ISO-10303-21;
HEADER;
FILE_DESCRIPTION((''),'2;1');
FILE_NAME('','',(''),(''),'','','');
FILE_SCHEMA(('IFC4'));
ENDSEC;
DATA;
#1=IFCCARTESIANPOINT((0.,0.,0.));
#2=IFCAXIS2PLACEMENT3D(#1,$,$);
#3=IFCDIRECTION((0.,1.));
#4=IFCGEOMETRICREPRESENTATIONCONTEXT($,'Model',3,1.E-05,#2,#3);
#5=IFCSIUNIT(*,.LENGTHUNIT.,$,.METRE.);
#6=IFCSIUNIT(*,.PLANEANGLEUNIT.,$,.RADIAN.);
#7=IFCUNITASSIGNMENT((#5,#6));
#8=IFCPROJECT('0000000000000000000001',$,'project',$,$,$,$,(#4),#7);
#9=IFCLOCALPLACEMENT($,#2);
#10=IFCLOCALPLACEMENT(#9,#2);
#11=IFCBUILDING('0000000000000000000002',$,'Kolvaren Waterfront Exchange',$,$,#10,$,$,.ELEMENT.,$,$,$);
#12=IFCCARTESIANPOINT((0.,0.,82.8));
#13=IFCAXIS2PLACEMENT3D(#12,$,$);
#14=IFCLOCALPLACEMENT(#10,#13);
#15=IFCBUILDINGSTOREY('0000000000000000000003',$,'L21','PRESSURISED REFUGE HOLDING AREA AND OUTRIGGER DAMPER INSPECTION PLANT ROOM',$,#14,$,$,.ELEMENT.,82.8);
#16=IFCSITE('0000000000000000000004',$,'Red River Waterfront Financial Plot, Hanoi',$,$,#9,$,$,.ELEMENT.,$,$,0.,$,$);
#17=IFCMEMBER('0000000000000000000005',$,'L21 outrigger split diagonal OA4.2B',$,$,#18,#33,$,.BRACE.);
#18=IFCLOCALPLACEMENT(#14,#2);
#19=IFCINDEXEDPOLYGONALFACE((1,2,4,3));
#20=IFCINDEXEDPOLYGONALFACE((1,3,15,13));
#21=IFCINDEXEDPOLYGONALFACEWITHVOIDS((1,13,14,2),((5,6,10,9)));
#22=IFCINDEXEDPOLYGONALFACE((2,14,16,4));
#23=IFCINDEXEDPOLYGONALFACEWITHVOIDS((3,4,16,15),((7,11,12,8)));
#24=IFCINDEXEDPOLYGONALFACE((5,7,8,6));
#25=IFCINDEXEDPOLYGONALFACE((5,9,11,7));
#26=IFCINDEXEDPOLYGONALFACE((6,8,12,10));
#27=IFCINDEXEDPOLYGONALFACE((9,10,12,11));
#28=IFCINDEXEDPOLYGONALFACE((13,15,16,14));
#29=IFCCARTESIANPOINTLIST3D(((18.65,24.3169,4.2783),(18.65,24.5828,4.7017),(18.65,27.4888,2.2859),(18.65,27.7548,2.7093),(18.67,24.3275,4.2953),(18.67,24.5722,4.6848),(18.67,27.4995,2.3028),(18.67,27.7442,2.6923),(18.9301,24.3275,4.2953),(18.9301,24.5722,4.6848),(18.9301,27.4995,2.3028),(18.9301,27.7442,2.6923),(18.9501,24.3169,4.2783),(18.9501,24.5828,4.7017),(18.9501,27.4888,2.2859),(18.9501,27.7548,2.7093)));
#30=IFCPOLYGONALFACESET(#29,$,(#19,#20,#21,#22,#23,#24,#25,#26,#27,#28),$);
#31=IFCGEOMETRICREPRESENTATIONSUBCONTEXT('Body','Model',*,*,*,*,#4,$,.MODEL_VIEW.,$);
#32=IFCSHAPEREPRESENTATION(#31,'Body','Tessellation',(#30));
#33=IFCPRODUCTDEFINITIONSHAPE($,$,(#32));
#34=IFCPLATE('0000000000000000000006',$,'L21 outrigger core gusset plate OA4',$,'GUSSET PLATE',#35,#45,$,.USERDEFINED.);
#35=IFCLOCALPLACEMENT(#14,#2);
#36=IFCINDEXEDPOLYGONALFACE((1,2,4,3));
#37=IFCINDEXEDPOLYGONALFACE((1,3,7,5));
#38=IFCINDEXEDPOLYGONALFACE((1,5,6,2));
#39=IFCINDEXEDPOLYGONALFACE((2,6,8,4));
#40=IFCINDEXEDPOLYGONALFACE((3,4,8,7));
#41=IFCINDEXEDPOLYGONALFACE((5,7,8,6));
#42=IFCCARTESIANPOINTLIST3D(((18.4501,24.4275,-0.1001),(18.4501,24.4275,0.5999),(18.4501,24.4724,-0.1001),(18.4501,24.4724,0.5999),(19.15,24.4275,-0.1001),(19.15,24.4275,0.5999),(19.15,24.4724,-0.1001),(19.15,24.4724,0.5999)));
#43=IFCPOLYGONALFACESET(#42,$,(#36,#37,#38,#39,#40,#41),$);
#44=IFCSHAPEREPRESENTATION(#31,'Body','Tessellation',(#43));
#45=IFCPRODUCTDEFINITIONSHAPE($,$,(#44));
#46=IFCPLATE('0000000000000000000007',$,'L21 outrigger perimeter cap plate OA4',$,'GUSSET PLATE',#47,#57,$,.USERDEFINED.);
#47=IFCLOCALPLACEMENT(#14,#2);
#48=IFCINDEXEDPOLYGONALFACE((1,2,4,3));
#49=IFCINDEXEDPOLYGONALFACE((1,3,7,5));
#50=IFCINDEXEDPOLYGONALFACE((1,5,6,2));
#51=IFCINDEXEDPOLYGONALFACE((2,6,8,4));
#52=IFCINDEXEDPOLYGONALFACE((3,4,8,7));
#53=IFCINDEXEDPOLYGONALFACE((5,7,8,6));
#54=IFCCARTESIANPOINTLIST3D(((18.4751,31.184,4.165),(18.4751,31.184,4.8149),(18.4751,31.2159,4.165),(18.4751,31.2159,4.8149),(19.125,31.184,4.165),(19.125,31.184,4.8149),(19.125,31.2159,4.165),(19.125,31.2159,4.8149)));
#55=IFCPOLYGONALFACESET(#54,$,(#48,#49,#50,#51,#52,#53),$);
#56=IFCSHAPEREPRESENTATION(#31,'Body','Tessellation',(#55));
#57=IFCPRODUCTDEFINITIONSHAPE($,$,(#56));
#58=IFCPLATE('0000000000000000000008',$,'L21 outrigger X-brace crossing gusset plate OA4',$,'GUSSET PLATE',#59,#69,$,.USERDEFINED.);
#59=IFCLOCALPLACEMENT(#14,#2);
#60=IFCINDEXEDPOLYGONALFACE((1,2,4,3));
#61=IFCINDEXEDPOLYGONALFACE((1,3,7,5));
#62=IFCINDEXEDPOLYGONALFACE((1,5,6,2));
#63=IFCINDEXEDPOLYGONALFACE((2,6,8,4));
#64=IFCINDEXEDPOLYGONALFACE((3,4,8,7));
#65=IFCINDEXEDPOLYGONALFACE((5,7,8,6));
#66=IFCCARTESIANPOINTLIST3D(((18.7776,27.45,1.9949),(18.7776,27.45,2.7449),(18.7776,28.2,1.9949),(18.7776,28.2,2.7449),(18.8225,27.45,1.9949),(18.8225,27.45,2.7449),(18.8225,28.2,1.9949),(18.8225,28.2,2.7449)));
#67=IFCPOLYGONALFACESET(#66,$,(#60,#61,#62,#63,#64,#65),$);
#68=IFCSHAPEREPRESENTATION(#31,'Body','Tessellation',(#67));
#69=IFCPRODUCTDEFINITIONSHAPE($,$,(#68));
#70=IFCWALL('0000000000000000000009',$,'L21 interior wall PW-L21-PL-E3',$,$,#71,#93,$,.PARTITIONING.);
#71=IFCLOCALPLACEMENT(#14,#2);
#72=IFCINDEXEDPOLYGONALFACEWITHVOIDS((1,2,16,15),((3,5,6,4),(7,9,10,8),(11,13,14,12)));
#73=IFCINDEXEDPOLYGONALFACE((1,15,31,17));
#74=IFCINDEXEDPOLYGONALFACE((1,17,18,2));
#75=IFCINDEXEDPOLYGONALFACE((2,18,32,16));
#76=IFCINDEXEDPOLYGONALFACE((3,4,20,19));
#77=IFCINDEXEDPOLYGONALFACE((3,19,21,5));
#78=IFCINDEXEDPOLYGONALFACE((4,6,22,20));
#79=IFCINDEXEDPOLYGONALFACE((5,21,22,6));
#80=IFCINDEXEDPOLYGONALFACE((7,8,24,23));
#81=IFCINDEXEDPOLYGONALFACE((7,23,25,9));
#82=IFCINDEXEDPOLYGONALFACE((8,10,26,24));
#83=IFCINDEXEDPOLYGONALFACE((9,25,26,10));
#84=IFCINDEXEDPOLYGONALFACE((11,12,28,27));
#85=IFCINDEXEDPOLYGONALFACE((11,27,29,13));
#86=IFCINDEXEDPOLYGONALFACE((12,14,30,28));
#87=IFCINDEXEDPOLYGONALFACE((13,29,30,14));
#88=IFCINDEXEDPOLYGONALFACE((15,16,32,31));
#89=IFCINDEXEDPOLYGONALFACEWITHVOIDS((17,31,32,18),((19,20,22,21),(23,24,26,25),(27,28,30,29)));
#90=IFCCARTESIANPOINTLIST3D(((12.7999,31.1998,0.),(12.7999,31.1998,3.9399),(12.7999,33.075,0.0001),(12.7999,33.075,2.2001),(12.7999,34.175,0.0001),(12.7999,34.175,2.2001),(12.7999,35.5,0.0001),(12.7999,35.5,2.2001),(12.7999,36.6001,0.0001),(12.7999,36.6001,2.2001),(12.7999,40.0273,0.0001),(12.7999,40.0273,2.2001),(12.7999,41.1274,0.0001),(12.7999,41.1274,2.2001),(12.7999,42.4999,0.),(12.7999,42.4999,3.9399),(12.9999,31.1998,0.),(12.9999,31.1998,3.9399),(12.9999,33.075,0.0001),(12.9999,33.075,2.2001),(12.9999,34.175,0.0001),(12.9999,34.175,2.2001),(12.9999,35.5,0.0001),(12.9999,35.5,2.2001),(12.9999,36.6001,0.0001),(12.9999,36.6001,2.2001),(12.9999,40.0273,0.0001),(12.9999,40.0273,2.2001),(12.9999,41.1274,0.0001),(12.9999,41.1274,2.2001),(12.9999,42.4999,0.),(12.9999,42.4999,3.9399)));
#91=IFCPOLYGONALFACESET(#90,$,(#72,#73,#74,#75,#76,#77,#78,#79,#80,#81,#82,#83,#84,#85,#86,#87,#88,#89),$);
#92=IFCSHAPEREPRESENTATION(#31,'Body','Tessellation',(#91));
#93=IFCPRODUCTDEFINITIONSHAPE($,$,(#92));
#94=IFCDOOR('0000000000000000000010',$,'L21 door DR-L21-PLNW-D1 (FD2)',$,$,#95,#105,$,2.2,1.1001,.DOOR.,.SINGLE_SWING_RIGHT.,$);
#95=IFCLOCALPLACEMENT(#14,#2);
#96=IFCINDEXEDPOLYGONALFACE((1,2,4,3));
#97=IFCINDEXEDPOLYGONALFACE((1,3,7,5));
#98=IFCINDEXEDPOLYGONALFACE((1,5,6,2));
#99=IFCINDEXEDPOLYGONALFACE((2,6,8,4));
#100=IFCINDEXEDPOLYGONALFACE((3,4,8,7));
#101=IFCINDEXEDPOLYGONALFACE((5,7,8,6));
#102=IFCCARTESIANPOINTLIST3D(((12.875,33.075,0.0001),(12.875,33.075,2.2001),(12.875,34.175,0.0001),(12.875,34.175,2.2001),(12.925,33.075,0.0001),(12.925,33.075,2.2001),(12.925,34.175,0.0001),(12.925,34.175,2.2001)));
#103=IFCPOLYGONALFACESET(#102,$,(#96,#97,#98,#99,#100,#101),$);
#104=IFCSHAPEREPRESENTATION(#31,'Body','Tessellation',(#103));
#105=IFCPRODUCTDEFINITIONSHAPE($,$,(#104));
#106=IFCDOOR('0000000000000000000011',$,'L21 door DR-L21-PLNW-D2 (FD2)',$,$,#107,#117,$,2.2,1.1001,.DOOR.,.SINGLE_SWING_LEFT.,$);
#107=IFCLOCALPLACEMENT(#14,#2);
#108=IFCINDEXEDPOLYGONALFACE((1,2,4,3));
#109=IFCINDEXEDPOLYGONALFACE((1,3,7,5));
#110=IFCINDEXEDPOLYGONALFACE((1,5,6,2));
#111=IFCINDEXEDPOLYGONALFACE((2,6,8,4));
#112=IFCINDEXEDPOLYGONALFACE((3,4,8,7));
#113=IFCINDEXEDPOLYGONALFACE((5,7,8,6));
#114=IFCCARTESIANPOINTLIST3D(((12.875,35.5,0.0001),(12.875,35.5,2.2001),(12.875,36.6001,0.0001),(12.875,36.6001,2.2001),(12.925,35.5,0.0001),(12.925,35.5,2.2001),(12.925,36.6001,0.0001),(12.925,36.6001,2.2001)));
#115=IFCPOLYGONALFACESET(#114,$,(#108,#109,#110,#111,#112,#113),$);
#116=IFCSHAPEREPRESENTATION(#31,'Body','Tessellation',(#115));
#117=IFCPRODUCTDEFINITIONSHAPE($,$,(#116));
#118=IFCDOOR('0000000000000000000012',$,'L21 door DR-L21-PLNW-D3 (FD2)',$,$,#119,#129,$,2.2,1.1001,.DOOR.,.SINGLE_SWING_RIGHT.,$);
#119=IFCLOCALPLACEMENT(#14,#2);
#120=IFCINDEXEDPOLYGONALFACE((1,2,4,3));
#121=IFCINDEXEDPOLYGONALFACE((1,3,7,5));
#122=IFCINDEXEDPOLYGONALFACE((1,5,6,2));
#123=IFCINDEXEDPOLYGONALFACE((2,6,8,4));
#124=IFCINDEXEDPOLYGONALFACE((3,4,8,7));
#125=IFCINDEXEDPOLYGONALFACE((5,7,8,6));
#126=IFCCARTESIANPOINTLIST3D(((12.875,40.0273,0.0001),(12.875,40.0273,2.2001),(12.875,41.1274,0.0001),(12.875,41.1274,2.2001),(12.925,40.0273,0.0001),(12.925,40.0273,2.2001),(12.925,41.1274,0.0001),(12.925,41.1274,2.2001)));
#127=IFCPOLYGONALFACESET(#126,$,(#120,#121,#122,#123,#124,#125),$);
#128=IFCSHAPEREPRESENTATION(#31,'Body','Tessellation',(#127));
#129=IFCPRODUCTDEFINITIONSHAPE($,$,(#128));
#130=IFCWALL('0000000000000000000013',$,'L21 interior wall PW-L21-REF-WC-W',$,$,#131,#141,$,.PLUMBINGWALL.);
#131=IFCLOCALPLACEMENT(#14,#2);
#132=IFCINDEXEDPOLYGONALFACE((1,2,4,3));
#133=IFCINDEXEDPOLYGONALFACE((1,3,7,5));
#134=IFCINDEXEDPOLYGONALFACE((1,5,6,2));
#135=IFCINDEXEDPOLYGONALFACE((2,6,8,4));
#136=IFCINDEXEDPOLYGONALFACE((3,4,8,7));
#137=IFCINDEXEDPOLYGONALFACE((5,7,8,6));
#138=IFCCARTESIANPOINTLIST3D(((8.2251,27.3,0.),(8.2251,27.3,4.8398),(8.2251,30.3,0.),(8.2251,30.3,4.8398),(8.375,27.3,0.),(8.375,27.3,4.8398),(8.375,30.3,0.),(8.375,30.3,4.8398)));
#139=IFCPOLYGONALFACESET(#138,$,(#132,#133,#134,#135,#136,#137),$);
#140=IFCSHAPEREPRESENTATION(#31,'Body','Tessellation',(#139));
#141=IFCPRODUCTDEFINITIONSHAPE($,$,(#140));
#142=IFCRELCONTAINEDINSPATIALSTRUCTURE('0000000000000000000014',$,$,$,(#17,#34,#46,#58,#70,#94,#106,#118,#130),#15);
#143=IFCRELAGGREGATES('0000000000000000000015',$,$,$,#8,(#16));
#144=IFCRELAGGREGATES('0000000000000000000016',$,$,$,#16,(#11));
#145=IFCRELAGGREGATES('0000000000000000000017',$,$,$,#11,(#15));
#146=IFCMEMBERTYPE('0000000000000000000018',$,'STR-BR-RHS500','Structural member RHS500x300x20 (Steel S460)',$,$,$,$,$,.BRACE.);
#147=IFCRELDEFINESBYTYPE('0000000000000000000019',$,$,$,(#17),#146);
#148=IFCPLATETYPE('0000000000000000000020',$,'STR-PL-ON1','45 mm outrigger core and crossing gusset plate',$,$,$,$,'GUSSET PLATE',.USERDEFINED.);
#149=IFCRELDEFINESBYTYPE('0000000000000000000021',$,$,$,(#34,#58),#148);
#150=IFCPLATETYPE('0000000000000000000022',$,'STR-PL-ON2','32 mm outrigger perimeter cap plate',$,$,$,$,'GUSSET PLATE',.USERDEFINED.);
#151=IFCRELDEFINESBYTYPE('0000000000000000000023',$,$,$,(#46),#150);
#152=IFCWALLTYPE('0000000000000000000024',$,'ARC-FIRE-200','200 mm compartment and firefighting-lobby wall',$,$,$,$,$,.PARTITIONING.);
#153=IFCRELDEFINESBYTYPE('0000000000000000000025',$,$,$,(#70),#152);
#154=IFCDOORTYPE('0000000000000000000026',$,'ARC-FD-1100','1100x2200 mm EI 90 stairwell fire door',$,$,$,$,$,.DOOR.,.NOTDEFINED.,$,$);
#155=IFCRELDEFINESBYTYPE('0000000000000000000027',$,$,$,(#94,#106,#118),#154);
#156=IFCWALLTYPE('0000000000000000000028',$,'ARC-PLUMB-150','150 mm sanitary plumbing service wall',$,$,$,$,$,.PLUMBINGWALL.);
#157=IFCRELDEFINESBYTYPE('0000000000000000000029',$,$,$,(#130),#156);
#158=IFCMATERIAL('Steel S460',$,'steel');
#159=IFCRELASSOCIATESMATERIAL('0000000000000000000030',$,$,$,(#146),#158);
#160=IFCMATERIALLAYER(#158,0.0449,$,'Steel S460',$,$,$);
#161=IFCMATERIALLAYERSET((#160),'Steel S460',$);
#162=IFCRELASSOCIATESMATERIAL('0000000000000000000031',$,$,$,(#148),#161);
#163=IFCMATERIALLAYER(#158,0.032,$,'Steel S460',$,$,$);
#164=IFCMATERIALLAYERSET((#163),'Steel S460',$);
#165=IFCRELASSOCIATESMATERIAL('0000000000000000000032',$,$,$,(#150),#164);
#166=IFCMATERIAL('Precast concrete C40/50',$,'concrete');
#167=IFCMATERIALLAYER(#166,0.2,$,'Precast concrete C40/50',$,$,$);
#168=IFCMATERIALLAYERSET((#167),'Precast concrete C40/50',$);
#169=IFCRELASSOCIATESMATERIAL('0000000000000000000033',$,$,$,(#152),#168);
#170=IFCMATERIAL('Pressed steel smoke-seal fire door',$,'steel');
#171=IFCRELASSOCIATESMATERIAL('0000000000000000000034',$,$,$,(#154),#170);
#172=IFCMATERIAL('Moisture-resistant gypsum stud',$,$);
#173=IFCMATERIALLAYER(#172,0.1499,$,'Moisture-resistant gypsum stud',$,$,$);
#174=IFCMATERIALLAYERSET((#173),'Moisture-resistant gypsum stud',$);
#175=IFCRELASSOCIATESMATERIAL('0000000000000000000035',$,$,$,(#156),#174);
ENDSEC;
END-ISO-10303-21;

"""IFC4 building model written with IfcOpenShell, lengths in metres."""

from ifc_helpers import new_model, si_unit, direction, frame, frame_2d, origin, origin_with_axes, origin_2d, place, context, subcontext, project, spatial, rectangle, hollow_rectangle, extrude, source, transform, mapped, material, layer, layer_set, material_profile, profile_set, type_object, element, fill, save


model = new_model("IFC4")

# Units and contexts
model_context = context("Model", 3, precision=1e-05, world=origin(), true_north=direction((0.0, 1.0)))
body_context = subcontext(model_context, "Body", "Model", "MODEL_VIEW")
ifc_project = project(units=[si_unit("LENGTHUNIT", "METRE"), si_unit("PLANEANGLEUNIT", "RADIAN")], contexts=[model_context])

# Site, building, storey
site_placement = place(None, origin())
site = spatial("IfcSite", under=ifc_project, at=site_placement, Name="Red River Waterfront Financial Plot, Hanoi", CompositionType="ELEMENT", RefElevation=0.0)
building_placement = place(site_placement, origin())
building = spatial("IfcBuilding", under=site, at=building_placement, Name="Kolvaren Waterfront Exchange", CompositionType="ELEMENT")
storey_placement = place(building_placement, frame((0.0, 0.0, 82.8)))
storey = spatial("IfcBuildingStorey", under=building, at=storey_placement, Name="L21", Description="PRESSURISED REFUGE HOLDING AREA AND OUTRIGGER DAMPER INSPECTION PLANT ROOM", CompositionType="ELEMENT", Elevation=82.8)

# Member
ifc_material_1 = material(Name="Steel S460", Category="steel")
ifc_material_profile_1 = material_profile(ifc_material_1, hollow_rectangle(XDim=0.3, YDim=0.5, WallThickness=0.02, at=origin_2d()), Name="RHS500x300x20")
ifc_profile_set_1 = profile_set([ifc_material_profile_1], Name="Steel S460")
member_type_1 = type_object("IfcMemberType", Name="STR-BR-RHS500", Description="Structural member RHS500x300x20 (Steel S460)", PredefinedType="BRACE", material=ifc_profile_set_1)
member_1_placement = place(storey_placement, frame((18.8, 27.6218, 2.4976), z_axis=(0.0, -0.846795, 0.531919), x_axis=(1.0, 0.0, 0.0)))
element("IfcMember", 1, at=member_1_placement, inside=storey, type_object=member_type_1, Name="L21 outrigger split diagonal OA4.2B", PredefinedType="BRACE", context=body_context, shape_type="SweptSolid", body=[
    extrude(hollow_rectangle(XDim=0.3, YDim=0.5, WallThickness=0.02, at=origin_2d()), origin(), (0.0, 0.0, 1.0), 3.7458),
])

# Plates
ifc_layer_1 = layer(ifc_material_1, 0.0449, Name="Steel S460")
ifc_layer_set_1 = layer_set([ifc_layer_1], Name="Steel S460")
plate_type_1 = type_object("IfcPlateType", Name="STR-PL-ON1", Description="45 mm outrigger core and crossing gusset plate", ElementType="GUSSET PLATE", PredefinedType="USERDEFINED", material=ifc_layer_set_1)
shared_shape_1 = source(origin_with_axes(), body_context, "Body", "SweptSolid", [
    extrude(rectangle(XDim=0.7, YDim=0.0449, at=origin_2d()), origin(), (0.0, 0.0, 1.0), 0.7),
])
plate_1_placement = place(storey_placement, frame((18.8, 24.45, -0.1001), z_axis=(0.0, 0.0, 1.0), x_axis=(1.0, 0.0, 0.0)))
element("IfcPlate", 2, at=plate_1_placement, inside=storey, type_object=plate_type_1, Name="L21 outrigger core gusset plate OA4", ObjectType="GUSSET PLATE", PredefinedType="USERDEFINED", context=body_context, shape_type="MappedRepresentation", body=[
    mapped(shared_shape_1, transform((0.0, 0.0, 0.0), x_axis=(1.0, 0.0, 0.0), y_axis=(0.0, 1.0, 0.0), z_axis=(0.0, 0.0, 1.0), scale=1.0)),
])
ifc_layer_2 = layer(ifc_material_1, 0.032, Name="Steel S460")
ifc_layer_set_2 = layer_set([ifc_layer_2], Name="Steel S460")
plate_type_2 = type_object("IfcPlateType", Name="STR-PL-ON2", Description="32 mm outrigger perimeter cap plate", ElementType="GUSSET PLATE", PredefinedType="USERDEFINED", material=ifc_layer_set_2)
shared_shape_2 = source(origin_with_axes(), body_context, "Body", "SweptSolid", [
    extrude(rectangle(XDim=0.6499, YDim=0.032, at=origin_2d()), origin(), (0.0, 0.0, 1.0), 0.6499),
])
plate_2_placement = place(storey_placement, frame((18.8, 31.2, 4.165), z_axis=(0.0, 0.0, 1.0), x_axis=(1.0, 0.0, 0.0)))
element("IfcPlate", 3, at=plate_2_placement, inside=storey, type_object=plate_type_2, Name="L21 outrigger perimeter cap plate OA4", ObjectType="GUSSET PLATE", PredefinedType="USERDEFINED", context=body_context, shape_type="MappedRepresentation", body=[
    mapped(shared_shape_2, transform((0.0, 0.0, 0.0), x_axis=(1.0, 0.0, 0.0), y_axis=(0.0, 1.0, 0.0), z_axis=(0.0, 0.0, 1.0), scale=1.0)),
])
shared_shape_3 = source(origin_with_axes(), body_context, "Body", "SweptSolid", [
    extrude(rectangle(XDim=0.0449, YDim=0.75, at=origin_2d()), origin(), (0.0, 0.0, 1.0), 0.75),
])
plate_3_placement = place(storey_placement, frame((18.8, 27.825, 1.9949), z_axis=(0.0, 0.0, 1.0), x_axis=(1.0, 0.0, 0.0)))
element("IfcPlate", 4, at=plate_3_placement, inside=storey, type_object=plate_type_1, Name="L21 outrigger X-brace crossing gusset plate OA4", ObjectType="GUSSET PLATE", PredefinedType="USERDEFINED", context=body_context, shape_type="MappedRepresentation", body=[
    mapped(shared_shape_3, transform((0.0, 0.0, 0.0), x_axis=(1.0, 0.0, 0.0), y_axis=(0.0, 1.0, 0.0), z_axis=(0.0, 0.0, 1.0), scale=1.0)),
])

# Wall, openings, doors
ifc_material_2 = material(Name="Precast concrete C40/50", Category="concrete")
ifc_layer_3 = layer(ifc_material_2, 0.2, Name="Precast concrete C40/50")
ifc_layer_set_3 = layer_set([ifc_layer_3], Name="Precast concrete C40/50")
wall_type_1 = type_object("IfcWallType", Name="ARC-FIRE-200", Description="200 mm compartment and firefighting-lobby wall", PredefinedType="PARTITIONING", material=ifc_layer_set_3)
wall_1_placement = place(storey_placement, frame((12.8999, 31.2, 0.0), z_axis=(0.0, 0.0, 1.0), x_axis=(0.0, 1.0, 0.0)))
wall_1 = element("IfcWall", 5, at=wall_1_placement, inside=storey, type_object=wall_type_1, Name="L21 interior wall PW-L21-PL-E3", PredefinedType="PARTITIONING", context=body_context, shape_type="SweptSolid", body=[
    extrude(rectangle(XDim=11.3, YDim=0.2, at=frame_2d((5.6499, 0.0))), origin(), (0.0, 0.0, 1.0), 3.9399),
])
opening_1_placement = place(wall_1_placement, frame((1.875, 0.0, 0.0)))
opening_1 = element("IfcOpeningElement", 6, at=opening_1_placement, cuts=wall_1, PredefinedType="OPENING", context=body_context, shape_type="SweptSolid", body=[
    extrude(rectangle(XDim=1.1001, YDim=2.2, at=frame_2d((0.55, 1.1001))), frame((0.0, 0.1099, 0.0), z_axis=(0.0, -1.0, 0.0), x_axis=(1.0, 0.0, 0.0)), (0.0, 0.0, 1.0), 0.22),
])
opening_2_placement = place(wall_1_placement, frame((4.3, 0.0, 0.0)))
opening_2 = element("IfcOpeningElement", 7, at=opening_2_placement, cuts=wall_1, PredefinedType="OPENING", context=body_context, shape_type="SweptSolid", body=[
    extrude(rectangle(XDim=1.1001, YDim=2.2, at=frame_2d((0.55, 1.1001))), frame((0.0, 0.1099, 0.0), z_axis=(0.0, -1.0, 0.0), x_axis=(1.0, 0.0, 0.0)), (0.0, 0.0, 1.0), 0.22),
])
opening_3_placement = place(wall_1_placement, frame((8.8274, 0.0, 0.0)))
opening_3 = element("IfcOpeningElement", 8, at=opening_3_placement, cuts=wall_1, PredefinedType="OPENING", context=body_context, shape_type="SweptSolid", body=[
    extrude(rectangle(XDim=1.1001, YDim=2.2, at=frame_2d((0.55, 1.1001))), frame((0.0, 0.1099, 0.0), z_axis=(0.0, -1.0, 0.0), x_axis=(1.0, 0.0, 0.0)), (0.0, 0.0, 1.0), 0.22),
])
ifc_material_3 = material(Name="Pressed steel smoke-seal fire door", Category="steel")
door_type_1 = type_object("IfcDoorType", Name="ARC-FD-1100", Description="1100x2200 mm EI 90 stairwell fire door", OperationType="NOTDEFINED", PredefinedType="DOOR", material=ifc_material_3)
door_1_placement = place(opening_1_placement, origin())
door_1 = element("IfcDoor", 9, at=door_1_placement, inside=storey, type_object=door_type_1, Name="L21 door DR-L21-PLNW-D1 (FD2)", OperationType="SINGLE_SWING_RIGHT", OverallHeight=2.2, OverallWidth=1.1001, PredefinedType="DOOR", context=body_context, shape_type="SweptSolid", body=[
    extrude(rectangle(XDim=1.1001, YDim=2.2, at=frame_2d((0.55, 1.1001))), frame((0.0, 0.0249, 0.0), z_axis=(0.0, -1.0, 0.0), x_axis=(1.0, 0.0, 0.0)), (0.0, 0.0, 1.0), 0.05),
])
fill(opening_1, door_1)
door_2_placement = place(opening_2_placement, origin())
door_2 = element("IfcDoor", 10, at=door_2_placement, inside=storey, type_object=door_type_1, Name="L21 door DR-L21-PLNW-D2 (FD2)", OperationType="SINGLE_SWING_LEFT", OverallHeight=2.2, OverallWidth=1.1001, PredefinedType="DOOR", context=body_context, shape_type="SweptSolid", body=[
    extrude(rectangle(XDim=1.1001, YDim=2.2, at=frame_2d((0.55, 1.1001))), frame((0.0, 0.0249, 0.0), z_axis=(0.0, -1.0, 0.0), x_axis=(1.0, 0.0, 0.0)), (0.0, 0.0, 1.0), 0.05),
])
fill(opening_2, door_2)
door_3_placement = place(opening_3_placement, origin())
door_3 = element("IfcDoor", 11, at=door_3_placement, inside=storey, type_object=door_type_1, Name="L21 door DR-L21-PLNW-D3 (FD2)", OperationType="SINGLE_SWING_RIGHT", OverallHeight=2.2, OverallWidth=1.1001, PredefinedType="DOOR", context=body_context, shape_type="SweptSolid", body=[
    extrude(rectangle(XDim=1.1001, YDim=2.2, at=frame_2d((0.55, 1.1001))), frame((0.0, 0.0249, 0.0), z_axis=(0.0, -1.0, 0.0), x_axis=(1.0, 0.0, 0.0)), (0.0, 0.0, 1.0), 0.05),
])
fill(opening_3, door_3)

# Wall
ifc_material_4 = material(Name="Moisture-resistant gypsum stud")
ifc_layer_4 = layer(ifc_material_4, 0.1499, Name="Moisture-resistant gypsum stud")
ifc_layer_set_4 = layer_set([ifc_layer_4], Name="Moisture-resistant gypsum stud")
wall_type_2 = type_object("IfcWallType", Name="ARC-PLUMB-150", Description="150 mm sanitary plumbing service wall", PredefinedType="PLUMBINGWALL", material=ifc_layer_set_4)
wall_2_placement = place(storey_placement, frame((8.3, 27.3, 0.0), z_axis=(0.0, 0.0, 1.0), x_axis=(0.0, 1.0, 0.0)))
element("IfcWall", 12, at=wall_2_placement, inside=storey, type_object=wall_type_2, Name="L21 interior wall PW-L21-REF-WC-W", PredefinedType="PLUMBINGWALL", context=body_context, shape_type="SweptSolid", body=[
    extrude(rectangle(XDim=3.0, YDim=0.1499, at=frame_2d((1.5, 0.0))), origin(), (0.0, 0.0, 1.0), 4.8398),
])

save(model, "model.ifc")
